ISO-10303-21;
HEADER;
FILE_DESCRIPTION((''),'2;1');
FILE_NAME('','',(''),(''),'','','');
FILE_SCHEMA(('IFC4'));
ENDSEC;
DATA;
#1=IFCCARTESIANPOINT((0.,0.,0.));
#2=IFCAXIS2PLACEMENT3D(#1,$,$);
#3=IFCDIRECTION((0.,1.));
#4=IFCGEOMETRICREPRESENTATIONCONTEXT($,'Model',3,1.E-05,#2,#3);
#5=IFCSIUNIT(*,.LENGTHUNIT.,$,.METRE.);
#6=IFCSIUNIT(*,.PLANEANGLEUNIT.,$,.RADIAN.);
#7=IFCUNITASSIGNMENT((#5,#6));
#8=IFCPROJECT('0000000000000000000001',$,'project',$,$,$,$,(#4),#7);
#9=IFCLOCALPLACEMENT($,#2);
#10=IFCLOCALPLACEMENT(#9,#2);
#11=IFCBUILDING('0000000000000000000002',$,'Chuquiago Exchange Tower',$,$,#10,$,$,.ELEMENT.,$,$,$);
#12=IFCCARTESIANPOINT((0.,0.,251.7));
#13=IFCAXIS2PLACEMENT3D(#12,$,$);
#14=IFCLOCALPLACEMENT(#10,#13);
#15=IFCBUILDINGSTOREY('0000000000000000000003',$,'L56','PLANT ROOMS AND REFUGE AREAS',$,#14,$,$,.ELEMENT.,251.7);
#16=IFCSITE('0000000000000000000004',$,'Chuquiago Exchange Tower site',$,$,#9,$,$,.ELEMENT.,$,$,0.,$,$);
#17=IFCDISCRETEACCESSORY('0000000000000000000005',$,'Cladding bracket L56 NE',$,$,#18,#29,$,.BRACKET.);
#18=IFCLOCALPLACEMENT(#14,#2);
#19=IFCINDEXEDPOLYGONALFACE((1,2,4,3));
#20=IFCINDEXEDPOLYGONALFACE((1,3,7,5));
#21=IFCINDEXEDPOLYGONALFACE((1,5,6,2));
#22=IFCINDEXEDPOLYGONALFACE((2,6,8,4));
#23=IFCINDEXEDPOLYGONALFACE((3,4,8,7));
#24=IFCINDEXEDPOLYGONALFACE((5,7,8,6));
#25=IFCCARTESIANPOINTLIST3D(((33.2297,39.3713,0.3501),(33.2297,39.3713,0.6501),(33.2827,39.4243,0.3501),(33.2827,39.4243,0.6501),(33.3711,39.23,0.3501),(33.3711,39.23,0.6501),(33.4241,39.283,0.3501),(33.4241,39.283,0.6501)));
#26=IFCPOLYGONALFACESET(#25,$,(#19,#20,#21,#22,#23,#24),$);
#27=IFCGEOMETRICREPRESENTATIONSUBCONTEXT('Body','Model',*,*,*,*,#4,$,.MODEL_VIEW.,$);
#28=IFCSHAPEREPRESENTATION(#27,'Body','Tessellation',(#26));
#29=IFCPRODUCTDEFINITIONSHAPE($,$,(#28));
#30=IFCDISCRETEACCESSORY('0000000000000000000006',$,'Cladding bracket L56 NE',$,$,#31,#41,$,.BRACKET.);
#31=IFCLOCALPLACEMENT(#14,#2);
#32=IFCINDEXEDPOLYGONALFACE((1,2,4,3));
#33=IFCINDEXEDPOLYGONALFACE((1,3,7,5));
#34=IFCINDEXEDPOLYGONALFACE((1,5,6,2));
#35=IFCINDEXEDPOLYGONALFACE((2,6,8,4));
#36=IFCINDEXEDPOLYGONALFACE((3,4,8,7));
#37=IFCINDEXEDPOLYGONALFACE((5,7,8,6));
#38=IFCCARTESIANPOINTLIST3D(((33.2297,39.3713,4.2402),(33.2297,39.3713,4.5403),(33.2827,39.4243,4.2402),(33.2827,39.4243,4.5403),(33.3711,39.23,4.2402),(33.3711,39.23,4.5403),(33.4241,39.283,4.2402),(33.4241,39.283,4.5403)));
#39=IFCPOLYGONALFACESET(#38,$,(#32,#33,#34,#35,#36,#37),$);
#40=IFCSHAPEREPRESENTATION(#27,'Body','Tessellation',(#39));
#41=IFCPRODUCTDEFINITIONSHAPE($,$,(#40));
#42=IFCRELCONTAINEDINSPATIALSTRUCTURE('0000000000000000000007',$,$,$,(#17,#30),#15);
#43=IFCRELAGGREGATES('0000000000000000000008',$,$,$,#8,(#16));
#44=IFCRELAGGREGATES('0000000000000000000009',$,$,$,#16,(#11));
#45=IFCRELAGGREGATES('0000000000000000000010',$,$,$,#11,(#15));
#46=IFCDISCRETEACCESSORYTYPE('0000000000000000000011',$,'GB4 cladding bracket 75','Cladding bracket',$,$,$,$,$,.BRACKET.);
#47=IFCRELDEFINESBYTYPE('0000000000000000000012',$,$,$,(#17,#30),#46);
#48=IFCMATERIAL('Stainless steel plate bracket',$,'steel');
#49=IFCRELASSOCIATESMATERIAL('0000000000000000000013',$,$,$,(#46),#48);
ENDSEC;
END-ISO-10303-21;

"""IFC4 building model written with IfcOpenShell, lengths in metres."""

from ifc_helpers import new_model, si_unit, direction, frame, origin, origin_2d, place, context, subcontext, project, spatial, rectangle, extrude, material, type_object, element, save


model = new_model("IFC4")

# Units and contexts
model_context = context("Model", 3, precision=1e-05, world=origin(), true_north=direction((0.0, 1.0)))
body_context = subcontext(model_context, "Body", "Model", "MODEL_VIEW")
ifc_project = project(units=[si_unit("LENGTHUNIT", "METRE"), si_unit("PLANEANGLEUNIT", "RADIAN")], contexts=[model_context])

# Site, building, storey
site_placement = place(None, origin())
site = spatial("IfcSite", under=ifc_project, at=site_placement, Name="Chuquiago Exchange Tower site", CompositionType="ELEMENT", RefElevation=0.0)
building_placement = place(site_placement, origin())
building = spatial("IfcBuilding", under=site, at=building_placement, Name="Chuquiago Exchange Tower", CompositionType="ELEMENT")
storey_placement = place(building_placement, frame((0.0, 0.0, 251.7)))
storey = spatial("IfcBuildingStorey", under=building, at=storey_placement, Name="L56", Description="PLANT ROOMS AND REFUGE AREAS", CompositionType="ELEMENT", Elevation=251.7)

# Discrete accessories
ifc_material_1 = material(Name="Stainless steel plate bracket", Category="steel")
discrete_accessory_type = type_object("IfcDiscreteAccessoryType", Name="GB4 cladding bracket 75", Description="Cladding bracket", PredefinedType="BRACKET", material=ifc_material_1)
for number, where, z_axis, x_axis, name in (
    (1, (33.3269, 39.3271, 0.3501), (0.0, 0.0, 1.0), (-0.707107, 0.707107, 0.0), "Cladding bracket L56 NE"),
    (2, (33.3269, 39.3271, 4.2402), (0.0, 0.0, 1.0), (-0.707107, 0.707107, 0.0), "Cladding bracket L56 NE"),
):
    element("IfcDiscreteAccessory", number, at=place(storey_placement, frame(where, z_axis=z_axis, x_axis=x_axis)), inside=storey, type_object=discrete_accessory_type, Name=name, PredefinedType="BRACKET", context=body_context, shape_type="SweptSolid", body=[
        extrude(rectangle(XDim=0.2, YDim=0.075, at=origin_2d()), origin(), (0.0, 0.0, 1.0), 0.3),
    ])

save(model, "model.ifc")
